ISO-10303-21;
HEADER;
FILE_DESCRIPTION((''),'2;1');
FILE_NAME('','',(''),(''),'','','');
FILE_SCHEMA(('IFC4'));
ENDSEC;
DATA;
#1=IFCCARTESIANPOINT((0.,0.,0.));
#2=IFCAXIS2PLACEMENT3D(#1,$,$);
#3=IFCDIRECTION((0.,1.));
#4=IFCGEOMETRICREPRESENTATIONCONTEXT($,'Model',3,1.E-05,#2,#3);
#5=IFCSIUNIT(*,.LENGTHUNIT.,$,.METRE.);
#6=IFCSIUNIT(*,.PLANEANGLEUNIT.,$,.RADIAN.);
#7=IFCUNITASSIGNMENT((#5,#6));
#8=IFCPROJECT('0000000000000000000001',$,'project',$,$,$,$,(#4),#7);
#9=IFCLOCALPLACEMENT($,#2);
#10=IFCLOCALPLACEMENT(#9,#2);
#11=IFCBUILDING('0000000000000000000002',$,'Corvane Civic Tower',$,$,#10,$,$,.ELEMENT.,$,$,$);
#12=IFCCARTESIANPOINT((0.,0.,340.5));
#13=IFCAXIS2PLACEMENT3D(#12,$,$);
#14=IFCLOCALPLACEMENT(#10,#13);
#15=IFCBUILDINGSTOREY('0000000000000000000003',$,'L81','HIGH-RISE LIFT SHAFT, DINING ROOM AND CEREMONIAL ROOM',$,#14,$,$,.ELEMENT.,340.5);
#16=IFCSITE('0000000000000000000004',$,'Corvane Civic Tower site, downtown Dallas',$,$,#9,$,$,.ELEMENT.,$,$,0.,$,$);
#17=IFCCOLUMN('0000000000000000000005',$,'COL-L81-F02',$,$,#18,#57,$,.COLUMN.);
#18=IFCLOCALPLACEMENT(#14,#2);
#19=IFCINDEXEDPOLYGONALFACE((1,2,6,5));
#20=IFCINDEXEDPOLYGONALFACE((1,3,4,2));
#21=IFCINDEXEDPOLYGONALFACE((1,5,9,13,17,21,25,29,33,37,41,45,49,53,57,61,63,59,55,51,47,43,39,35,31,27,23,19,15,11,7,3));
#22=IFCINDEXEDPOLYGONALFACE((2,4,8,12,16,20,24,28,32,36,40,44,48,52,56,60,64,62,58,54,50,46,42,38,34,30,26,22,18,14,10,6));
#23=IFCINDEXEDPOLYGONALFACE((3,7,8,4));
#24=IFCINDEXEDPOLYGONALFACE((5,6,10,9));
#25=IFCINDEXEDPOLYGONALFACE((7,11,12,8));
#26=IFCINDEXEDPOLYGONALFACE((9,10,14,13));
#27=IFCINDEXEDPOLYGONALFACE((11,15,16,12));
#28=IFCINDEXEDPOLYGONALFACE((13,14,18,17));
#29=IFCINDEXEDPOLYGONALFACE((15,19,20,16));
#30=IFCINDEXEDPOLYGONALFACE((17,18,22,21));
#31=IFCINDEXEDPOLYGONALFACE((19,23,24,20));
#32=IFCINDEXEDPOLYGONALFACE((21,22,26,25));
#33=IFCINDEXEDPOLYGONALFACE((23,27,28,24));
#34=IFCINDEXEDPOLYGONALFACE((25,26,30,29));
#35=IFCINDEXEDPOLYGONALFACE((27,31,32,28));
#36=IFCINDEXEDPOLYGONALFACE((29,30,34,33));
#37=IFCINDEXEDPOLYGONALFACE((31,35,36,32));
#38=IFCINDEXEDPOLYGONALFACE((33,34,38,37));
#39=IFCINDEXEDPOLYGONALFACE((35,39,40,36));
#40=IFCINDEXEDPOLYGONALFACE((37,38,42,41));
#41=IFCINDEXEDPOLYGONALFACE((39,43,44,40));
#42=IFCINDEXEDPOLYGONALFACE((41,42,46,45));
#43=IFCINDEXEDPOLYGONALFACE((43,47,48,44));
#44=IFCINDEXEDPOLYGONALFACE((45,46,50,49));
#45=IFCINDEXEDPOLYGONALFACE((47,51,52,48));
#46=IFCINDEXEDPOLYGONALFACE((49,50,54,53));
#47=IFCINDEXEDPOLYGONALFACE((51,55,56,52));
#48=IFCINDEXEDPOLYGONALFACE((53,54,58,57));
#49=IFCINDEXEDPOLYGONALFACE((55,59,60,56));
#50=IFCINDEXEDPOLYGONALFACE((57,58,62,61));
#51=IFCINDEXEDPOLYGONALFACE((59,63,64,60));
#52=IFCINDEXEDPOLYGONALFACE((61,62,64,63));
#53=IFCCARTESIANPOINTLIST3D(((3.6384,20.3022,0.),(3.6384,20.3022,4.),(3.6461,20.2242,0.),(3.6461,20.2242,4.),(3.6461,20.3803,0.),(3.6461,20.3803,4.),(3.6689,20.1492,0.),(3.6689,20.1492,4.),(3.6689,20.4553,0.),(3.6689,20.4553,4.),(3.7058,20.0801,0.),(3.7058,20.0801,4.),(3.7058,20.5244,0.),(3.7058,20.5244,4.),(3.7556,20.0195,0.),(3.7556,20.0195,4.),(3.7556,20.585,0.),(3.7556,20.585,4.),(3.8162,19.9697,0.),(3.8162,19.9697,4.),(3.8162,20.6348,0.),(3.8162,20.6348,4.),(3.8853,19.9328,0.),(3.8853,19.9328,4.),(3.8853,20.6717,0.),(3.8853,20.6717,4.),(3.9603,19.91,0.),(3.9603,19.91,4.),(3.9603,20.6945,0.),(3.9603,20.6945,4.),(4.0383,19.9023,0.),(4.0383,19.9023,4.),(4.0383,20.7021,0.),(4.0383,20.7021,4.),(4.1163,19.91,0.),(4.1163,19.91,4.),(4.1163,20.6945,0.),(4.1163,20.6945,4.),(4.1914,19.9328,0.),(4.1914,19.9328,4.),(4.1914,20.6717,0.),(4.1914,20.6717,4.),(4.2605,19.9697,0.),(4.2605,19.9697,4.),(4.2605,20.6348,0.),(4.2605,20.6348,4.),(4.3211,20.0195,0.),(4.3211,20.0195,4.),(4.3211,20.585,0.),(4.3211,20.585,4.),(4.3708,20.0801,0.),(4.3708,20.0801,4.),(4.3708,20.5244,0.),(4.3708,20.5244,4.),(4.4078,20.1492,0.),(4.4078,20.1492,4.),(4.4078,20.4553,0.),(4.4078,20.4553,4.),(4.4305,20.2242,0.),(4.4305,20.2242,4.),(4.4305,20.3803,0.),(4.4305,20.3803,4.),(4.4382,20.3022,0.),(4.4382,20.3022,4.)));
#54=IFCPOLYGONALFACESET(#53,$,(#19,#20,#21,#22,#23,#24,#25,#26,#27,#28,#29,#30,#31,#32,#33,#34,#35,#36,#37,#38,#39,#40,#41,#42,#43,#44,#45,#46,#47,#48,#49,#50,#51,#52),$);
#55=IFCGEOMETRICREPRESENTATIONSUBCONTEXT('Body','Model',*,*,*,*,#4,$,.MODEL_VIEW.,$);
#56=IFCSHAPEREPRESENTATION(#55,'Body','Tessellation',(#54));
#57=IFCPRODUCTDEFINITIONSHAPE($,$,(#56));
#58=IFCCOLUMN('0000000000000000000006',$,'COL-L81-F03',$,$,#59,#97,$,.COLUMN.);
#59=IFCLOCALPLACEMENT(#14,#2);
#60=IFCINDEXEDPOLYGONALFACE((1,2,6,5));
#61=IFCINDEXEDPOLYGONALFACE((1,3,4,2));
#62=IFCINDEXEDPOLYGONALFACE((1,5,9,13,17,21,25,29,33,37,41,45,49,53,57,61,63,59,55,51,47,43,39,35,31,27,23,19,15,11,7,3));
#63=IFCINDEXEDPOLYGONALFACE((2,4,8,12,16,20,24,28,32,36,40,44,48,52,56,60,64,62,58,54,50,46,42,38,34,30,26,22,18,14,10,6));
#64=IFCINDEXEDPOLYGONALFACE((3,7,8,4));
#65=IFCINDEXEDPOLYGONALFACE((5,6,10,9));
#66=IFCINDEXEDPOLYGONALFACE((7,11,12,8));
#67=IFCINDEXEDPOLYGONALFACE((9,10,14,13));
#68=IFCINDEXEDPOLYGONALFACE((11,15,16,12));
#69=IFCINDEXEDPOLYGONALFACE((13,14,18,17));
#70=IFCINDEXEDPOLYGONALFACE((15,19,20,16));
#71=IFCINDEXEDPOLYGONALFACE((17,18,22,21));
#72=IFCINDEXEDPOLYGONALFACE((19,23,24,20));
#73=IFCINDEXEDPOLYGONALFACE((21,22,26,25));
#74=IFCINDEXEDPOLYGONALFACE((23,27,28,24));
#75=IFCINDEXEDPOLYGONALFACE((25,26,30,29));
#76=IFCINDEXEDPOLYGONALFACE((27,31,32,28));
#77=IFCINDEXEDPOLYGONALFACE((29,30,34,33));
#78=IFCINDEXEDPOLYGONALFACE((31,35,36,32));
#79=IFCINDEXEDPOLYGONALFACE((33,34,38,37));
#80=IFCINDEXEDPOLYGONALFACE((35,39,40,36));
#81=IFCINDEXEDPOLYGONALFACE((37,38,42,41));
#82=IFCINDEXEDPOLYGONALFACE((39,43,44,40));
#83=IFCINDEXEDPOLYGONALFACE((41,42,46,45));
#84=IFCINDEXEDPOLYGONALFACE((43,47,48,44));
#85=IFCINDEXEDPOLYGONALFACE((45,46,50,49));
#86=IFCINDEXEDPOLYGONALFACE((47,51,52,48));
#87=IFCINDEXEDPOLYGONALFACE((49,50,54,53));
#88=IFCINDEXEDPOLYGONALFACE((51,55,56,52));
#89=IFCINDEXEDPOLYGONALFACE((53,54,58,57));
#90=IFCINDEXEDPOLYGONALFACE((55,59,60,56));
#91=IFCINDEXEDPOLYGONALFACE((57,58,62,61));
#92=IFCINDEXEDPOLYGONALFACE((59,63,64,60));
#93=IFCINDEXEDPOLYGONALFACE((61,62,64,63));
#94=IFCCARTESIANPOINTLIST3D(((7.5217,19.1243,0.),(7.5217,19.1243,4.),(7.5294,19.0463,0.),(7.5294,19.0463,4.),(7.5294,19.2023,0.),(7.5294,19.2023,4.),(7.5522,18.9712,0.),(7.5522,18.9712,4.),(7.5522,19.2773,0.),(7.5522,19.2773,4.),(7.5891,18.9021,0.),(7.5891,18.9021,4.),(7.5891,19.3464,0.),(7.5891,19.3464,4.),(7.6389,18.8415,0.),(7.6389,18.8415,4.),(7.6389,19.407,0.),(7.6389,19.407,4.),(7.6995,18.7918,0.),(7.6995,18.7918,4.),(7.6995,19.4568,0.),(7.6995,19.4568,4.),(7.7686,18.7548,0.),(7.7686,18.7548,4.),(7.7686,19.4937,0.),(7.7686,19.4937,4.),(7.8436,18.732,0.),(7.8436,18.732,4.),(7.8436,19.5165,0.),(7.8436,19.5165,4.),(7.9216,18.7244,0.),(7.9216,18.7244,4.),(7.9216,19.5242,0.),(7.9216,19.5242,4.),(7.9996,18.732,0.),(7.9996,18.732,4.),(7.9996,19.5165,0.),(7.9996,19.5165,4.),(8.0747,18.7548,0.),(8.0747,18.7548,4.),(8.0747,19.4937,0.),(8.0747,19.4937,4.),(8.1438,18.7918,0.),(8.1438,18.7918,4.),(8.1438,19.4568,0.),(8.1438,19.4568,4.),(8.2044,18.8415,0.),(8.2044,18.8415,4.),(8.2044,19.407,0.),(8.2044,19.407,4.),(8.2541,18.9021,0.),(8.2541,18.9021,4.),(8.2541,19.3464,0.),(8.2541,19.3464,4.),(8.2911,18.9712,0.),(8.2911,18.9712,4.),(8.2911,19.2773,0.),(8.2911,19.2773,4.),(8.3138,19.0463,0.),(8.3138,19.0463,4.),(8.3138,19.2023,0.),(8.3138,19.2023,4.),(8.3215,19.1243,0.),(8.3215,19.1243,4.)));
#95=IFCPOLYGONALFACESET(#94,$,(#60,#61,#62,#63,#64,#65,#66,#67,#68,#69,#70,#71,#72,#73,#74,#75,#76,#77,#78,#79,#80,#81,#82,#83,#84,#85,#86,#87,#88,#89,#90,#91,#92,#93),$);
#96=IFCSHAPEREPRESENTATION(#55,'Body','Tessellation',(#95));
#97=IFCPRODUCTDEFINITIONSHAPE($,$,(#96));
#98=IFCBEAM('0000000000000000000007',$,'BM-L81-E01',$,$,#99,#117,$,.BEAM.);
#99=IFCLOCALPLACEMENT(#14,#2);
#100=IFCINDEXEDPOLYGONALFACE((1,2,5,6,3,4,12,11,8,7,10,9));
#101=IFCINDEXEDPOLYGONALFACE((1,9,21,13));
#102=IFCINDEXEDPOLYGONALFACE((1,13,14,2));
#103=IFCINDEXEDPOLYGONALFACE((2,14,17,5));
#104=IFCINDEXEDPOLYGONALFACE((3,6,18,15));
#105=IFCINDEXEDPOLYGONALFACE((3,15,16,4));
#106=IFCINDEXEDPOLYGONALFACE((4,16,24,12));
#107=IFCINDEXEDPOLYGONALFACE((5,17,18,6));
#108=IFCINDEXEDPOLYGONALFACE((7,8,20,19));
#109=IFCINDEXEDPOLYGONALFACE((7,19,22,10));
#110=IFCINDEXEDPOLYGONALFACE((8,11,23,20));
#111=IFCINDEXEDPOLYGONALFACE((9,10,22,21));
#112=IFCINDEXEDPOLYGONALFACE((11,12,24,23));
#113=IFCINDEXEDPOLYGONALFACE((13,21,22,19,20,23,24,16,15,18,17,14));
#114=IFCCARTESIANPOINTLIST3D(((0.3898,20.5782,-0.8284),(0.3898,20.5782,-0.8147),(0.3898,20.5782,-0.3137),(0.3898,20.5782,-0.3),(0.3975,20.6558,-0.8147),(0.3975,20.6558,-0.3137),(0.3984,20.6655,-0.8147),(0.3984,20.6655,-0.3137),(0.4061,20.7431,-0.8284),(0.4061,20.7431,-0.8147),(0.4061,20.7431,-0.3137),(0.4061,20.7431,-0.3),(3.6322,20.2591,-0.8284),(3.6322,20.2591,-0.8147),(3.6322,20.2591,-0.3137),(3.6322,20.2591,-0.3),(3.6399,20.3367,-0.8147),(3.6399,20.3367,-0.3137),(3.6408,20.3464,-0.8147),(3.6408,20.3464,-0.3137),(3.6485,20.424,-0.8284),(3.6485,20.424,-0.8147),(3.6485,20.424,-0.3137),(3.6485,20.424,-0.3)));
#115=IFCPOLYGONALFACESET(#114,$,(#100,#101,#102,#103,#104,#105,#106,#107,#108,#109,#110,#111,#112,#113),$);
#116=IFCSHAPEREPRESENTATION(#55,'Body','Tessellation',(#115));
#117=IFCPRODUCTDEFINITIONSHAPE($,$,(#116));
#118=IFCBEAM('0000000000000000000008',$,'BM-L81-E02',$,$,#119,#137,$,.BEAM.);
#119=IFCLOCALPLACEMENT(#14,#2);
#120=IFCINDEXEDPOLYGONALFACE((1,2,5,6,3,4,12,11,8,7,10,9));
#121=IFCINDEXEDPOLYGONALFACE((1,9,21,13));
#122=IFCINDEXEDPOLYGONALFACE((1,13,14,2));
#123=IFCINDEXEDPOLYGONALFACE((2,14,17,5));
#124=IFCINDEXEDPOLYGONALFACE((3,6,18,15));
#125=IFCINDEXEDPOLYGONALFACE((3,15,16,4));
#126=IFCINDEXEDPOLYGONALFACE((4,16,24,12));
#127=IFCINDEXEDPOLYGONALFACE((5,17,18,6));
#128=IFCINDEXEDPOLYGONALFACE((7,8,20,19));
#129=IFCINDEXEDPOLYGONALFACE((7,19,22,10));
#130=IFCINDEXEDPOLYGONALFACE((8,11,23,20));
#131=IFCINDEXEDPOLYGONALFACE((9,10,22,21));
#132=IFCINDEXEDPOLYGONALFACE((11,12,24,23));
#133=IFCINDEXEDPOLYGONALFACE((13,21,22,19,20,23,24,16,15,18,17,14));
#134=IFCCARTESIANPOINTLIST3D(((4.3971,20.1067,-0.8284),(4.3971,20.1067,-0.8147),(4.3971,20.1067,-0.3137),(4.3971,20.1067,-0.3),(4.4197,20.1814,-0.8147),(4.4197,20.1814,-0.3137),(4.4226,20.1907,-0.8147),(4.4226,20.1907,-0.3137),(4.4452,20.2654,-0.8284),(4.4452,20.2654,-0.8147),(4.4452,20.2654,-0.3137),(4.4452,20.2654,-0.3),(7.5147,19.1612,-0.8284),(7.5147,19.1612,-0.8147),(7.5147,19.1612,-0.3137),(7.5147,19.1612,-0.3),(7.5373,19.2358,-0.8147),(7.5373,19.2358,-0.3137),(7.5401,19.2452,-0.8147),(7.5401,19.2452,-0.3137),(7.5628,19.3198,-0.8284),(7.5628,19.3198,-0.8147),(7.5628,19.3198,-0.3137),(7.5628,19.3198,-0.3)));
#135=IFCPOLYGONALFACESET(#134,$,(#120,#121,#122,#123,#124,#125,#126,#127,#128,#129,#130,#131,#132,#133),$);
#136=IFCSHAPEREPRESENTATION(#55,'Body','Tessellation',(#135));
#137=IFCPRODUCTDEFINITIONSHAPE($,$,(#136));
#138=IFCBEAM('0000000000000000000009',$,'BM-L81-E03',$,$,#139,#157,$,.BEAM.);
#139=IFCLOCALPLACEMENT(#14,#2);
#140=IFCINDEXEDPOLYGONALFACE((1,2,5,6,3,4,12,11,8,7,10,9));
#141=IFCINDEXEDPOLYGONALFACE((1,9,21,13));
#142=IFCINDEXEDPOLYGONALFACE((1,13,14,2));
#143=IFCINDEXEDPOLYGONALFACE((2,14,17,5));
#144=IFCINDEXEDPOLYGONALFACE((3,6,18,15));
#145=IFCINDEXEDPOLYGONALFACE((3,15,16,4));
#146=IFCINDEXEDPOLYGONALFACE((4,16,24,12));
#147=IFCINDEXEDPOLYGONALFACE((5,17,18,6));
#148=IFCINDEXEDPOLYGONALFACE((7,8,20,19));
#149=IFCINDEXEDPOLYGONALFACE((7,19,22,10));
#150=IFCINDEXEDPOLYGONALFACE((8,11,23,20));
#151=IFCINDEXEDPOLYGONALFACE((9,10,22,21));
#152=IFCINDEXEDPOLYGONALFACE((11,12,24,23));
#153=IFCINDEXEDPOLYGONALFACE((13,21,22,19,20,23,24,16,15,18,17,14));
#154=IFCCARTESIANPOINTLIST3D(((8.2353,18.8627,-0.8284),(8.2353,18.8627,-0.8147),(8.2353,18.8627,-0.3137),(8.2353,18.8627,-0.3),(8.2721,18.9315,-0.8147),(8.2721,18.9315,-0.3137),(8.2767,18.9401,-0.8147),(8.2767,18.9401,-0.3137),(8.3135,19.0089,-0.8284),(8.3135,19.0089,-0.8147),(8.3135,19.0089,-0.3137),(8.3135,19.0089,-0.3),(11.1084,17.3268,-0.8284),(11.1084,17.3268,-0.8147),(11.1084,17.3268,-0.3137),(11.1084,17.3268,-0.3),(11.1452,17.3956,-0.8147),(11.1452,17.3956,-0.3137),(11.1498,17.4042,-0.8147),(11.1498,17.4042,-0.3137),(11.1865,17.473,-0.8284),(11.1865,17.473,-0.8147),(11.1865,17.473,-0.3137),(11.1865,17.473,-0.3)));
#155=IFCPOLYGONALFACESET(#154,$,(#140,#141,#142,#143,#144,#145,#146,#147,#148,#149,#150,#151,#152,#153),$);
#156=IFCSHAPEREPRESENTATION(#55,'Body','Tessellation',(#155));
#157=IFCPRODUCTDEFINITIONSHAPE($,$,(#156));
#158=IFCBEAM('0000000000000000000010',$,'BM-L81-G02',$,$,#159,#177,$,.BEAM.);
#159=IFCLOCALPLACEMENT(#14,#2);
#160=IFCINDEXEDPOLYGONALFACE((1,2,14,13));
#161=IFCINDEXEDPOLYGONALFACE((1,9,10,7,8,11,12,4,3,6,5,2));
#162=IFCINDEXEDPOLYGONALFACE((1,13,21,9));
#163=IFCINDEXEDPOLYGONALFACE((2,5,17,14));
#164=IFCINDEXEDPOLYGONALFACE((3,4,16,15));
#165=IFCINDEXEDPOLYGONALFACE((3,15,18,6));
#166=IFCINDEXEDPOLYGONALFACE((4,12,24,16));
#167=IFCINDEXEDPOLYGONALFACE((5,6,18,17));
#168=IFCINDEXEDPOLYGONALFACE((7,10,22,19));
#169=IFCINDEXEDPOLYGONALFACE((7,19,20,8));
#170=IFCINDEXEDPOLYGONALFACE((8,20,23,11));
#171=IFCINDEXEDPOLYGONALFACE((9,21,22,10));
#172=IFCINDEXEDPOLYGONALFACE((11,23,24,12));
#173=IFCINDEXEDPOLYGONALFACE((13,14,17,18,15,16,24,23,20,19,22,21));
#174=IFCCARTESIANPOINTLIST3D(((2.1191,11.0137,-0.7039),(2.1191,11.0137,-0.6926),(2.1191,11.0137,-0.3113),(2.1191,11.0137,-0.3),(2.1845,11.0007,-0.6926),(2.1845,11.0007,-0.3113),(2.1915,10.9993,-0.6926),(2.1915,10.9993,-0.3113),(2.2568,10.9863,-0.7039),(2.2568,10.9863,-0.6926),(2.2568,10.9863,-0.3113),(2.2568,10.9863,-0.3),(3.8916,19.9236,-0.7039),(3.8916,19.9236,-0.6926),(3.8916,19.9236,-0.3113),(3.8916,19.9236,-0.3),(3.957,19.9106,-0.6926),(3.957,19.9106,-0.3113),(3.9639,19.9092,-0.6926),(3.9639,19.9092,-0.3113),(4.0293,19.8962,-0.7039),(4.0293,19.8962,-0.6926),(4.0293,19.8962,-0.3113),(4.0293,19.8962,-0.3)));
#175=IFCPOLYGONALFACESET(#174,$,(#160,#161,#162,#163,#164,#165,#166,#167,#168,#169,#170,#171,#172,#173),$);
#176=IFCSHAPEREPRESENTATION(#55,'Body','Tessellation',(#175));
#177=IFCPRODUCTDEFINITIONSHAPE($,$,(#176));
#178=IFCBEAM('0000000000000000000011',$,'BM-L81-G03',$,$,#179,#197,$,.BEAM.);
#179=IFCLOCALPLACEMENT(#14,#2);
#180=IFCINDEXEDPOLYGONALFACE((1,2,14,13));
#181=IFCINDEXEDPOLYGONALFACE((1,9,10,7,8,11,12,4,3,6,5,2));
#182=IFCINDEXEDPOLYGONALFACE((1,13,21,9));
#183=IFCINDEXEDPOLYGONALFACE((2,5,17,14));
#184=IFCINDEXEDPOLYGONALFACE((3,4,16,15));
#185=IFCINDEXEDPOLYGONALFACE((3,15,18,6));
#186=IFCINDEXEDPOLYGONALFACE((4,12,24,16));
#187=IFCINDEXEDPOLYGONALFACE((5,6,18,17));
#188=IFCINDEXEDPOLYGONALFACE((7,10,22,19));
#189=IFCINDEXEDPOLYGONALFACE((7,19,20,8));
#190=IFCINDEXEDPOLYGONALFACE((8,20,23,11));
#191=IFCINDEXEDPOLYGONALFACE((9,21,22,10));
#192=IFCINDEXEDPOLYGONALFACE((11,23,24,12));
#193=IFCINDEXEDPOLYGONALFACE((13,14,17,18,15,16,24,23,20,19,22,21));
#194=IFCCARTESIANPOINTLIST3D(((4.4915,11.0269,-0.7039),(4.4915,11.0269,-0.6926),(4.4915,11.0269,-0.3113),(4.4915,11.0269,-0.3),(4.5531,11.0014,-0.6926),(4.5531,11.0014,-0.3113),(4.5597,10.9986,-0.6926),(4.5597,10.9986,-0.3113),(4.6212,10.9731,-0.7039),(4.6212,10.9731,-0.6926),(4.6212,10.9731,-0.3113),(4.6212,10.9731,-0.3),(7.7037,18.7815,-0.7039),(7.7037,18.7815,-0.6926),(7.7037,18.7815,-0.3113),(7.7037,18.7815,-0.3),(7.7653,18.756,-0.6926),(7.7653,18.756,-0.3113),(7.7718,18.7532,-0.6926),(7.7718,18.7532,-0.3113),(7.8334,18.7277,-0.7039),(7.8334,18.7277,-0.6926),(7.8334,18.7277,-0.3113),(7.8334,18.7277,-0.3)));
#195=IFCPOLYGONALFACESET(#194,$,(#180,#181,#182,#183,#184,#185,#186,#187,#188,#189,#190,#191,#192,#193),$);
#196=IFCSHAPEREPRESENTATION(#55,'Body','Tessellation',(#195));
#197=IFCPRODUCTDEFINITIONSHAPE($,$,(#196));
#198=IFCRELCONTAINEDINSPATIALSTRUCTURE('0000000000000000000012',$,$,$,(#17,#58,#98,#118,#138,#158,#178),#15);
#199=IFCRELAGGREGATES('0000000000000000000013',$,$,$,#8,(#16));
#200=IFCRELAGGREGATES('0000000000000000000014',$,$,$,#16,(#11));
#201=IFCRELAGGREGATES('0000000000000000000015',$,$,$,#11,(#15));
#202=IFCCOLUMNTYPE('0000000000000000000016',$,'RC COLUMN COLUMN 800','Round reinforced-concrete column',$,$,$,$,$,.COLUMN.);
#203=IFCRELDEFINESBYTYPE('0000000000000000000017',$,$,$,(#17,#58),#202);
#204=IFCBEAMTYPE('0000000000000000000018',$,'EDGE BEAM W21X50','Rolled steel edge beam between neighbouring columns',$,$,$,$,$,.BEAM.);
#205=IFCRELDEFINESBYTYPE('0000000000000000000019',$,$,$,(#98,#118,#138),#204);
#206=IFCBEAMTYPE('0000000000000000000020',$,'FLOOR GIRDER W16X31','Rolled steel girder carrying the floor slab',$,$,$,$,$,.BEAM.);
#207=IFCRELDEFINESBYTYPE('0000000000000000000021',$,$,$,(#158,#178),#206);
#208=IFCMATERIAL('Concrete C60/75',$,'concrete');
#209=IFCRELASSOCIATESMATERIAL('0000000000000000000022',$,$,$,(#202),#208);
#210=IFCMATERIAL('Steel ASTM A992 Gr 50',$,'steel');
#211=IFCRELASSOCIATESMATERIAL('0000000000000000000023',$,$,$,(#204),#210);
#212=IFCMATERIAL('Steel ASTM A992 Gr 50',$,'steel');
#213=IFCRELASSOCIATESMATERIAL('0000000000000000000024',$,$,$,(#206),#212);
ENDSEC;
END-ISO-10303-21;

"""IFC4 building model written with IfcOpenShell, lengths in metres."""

from ifc_helpers import new_model, si_unit, direction, frame, origin, origin_2d, place, context, subcontext, project, spatial, circle, i_section, extrude, material, material_profile, profile_set, type_object, element, save


model = new_model("IFC4")

# Units and contexts
model_context = context("Model", 3, precision=1e-05, world=origin(), true_north=direction((0.0, 1.0)))
body_context = subcontext(model_context, "Body", "Model", "MODEL_VIEW")
ifc_project = project(units=[si_unit("LENGTHUNIT", "METRE"), si_unit("PLANEANGLEUNIT", "RADIAN")], contexts=[model_context])

# Site, building, storey
site_placement = place(None, origin())
site = spatial("IfcSite", under=ifc_project, at=site_placement, Name="Corvane Civic Tower site, downtown Dallas", CompositionType="ELEMENT", RefElevation=0.0)
building_placement = place(site_placement, origin())
building = spatial("IfcBuilding", under=site, at=building_placement, Name="Corvane Civic Tower", CompositionType="ELEMENT")
storey_placement = place(building_placement, frame((0.0, 0.0, 340.5)))
storey = spatial("IfcBuildingStorey", under=building, at=storey_placement, Name="L81", Description="HIGH-RISE LIFT SHAFT, DINING ROOM AND CEREMONIAL ROOM", CompositionType="ELEMENT", Elevation=340.5)

# Columns
ifc_material_1 = material(Name="Concrete C60/75", Category="concrete")
ifc_material_profile_1 = material_profile(ifc_material_1, circle(Radius=0.3999, at=origin_2d()), Name="COLUMN 800")
ifc_profile_set_1 = profile_set([ifc_material_profile_1], Name="Concrete C60/75")
column_type = type_object("IfcColumnType", Name="RC COLUMN COLUMN 800", Description="Round reinforced-concrete column", PredefinedType="COLUMN", material=ifc_profile_set_1)
for number, where, z_axis, x_axis, name in (
    (1, (4.0383, 20.3022, 0.0), (0.0, 0.0, 1.0), (1.0, 0.0, 0.0), "COL-L81-F02"),
    (2, (7.9216, 19.1243, 0.0), (0.0, 0.0, 1.0), (1.0, 0.0, 0.0), "COL-L81-F03"),
):
    element("IfcColumn", number, at=place(storey_placement, frame(where, z_axis=z_axis, x_axis=x_axis)), inside=storey, type_object=column_type, Name=name, PredefinedType="COLUMN", context=body_context, shape_type="SweptSolid", body=[
        extrude(circle(Radius=0.3999, at=origin_2d()), origin(), (0.0, 0.0, 1.0), 4.0),
    ])

# Beams
ifc_material_2 = material(Name="Steel ASTM A992 Gr 50", Category="steel")
ifc_material_profile_2 = material_profile(ifc_material_2, i_section(OverallWidth=0.1658, OverallDepth=0.5283, WebThickness=0.0098, FlangeThickness=0.0137, at=origin_2d()), Name="W21X50")
ifc_profile_set_2 = profile_set([ifc_material_profile_2], Name="Steel ASTM A992 Gr 50")
beam_type_1 = type_object("IfcBeamType", Name="EDGE BEAM W21X50", Description="Rolled steel edge beam between neighbouring columns", PredefinedType="BEAM", material=ifc_profile_set_2)
beam_1_placement = place(storey_placement, frame((0.3979, 20.6606, -0.5642), z_axis=(0.995193, -0.097938, 0.0), x_axis=(0.097938, 0.995193, 0.0)))
element("IfcBeam", 3, at=beam_1_placement, inside=storey, type_object=beam_type_1, Name="BM-L81-E01", PredefinedType="BEAM", context=body_context, shape_type="SweptSolid", body=[
    extrude(i_section(OverallWidth=0.1658, OverallDepth=0.5283, WebThickness=0.0098, FlangeThickness=0.0137, at=origin_2d()), origin(), (0.0, 0.0, 1.0), 3.2581),
])
for number, where, z_axis, x_axis, name in (
    (4, (4.4211, 20.186, -0.5642), (0.956956, -0.290234, 0.0), (0.290234, 0.956956, 0.0), "BM-L81-E02"),
    (5, (8.2744, 18.9358, -0.5642), (0.881894, -0.471448, 0.0), (0.471448, 0.881894, 0.0), "BM-L81-E03"),
):
    element("IfcBeam", number, at=place(storey_placement, frame(where, z_axis=z_axis, x_axis=x_axis)), inside=storey, type_object=beam_type_1, Name=name, PredefinedType="BEAM", context=body_context, shape_type="SweptSolid", body=[
        extrude(i_section(OverallWidth=0.1658, OverallDepth=0.5283, WebThickness=0.0098, FlangeThickness=0.0137, at=origin_2d()), origin(), (0.0, 0.0, 1.0), 3.2578),
    ])
ifc_material_3 = material(Name="Steel ASTM A992 Gr 50", Category="steel")
ifc_material_profile_3 = material_profile(ifc_material_3, i_section(OverallWidth=0.1404, OverallDepth=0.4038, WebThickness=0.0071, FlangeThickness=0.0112, at=origin_2d()), Name="W16X31")
ifc_profile_set_3 = profile_set([ifc_material_profile_3], Name="Steel ASTM A992 Gr 50")
beam_type_2 = type_object("IfcBeamType", Name="FLOOR GIRDER W16X31", Description="Rolled steel girder carrying the floor slab", PredefinedType="BEAM", material=ifc_profile_set_3)
beam_2_placement = place(storey_placement, frame((2.188, 11.0, -0.502), z_axis=(0.195108, 0.980782, 0.0), x_axis=(-0.980782, 0.195108, 0.0)))
element("IfcBeam", 6, at=beam_2_placement, inside=storey, type_object=beam_type_2, Name="BM-L81-G02", PredefinedType="BEAM", context=body_context, shape_type="SweptSolid", body=[
    extrude(i_section(OverallWidth=0.1404, OverallDepth=0.4038, WebThickness=0.0071, FlangeThickness=0.0112, at=origin_2d()), origin(), (0.0, 0.0, 1.0), 9.0845),
])
beam_3_placement = place(storey_placement, frame((4.5564, 11.0, -0.502), z_axis=(0.382692, 0.923876, 0.0), x_axis=(-0.923876, 0.382692, 0.0)))
element("IfcBeam", 7, at=beam_3_placement, inside=storey, type_object=beam_type_2, Name="BM-L81-G03", PredefinedType="BEAM", context=body_context, shape_type="SweptSolid", body=[
    extrude(i_section(OverallWidth=0.1404, OverallDepth=0.4038, WebThickness=0.0071, FlangeThickness=0.0112, at=origin_2d()), origin(), (0.0, 0.0, 1.0), 8.3936),
])

save(model, "model.ifc")
